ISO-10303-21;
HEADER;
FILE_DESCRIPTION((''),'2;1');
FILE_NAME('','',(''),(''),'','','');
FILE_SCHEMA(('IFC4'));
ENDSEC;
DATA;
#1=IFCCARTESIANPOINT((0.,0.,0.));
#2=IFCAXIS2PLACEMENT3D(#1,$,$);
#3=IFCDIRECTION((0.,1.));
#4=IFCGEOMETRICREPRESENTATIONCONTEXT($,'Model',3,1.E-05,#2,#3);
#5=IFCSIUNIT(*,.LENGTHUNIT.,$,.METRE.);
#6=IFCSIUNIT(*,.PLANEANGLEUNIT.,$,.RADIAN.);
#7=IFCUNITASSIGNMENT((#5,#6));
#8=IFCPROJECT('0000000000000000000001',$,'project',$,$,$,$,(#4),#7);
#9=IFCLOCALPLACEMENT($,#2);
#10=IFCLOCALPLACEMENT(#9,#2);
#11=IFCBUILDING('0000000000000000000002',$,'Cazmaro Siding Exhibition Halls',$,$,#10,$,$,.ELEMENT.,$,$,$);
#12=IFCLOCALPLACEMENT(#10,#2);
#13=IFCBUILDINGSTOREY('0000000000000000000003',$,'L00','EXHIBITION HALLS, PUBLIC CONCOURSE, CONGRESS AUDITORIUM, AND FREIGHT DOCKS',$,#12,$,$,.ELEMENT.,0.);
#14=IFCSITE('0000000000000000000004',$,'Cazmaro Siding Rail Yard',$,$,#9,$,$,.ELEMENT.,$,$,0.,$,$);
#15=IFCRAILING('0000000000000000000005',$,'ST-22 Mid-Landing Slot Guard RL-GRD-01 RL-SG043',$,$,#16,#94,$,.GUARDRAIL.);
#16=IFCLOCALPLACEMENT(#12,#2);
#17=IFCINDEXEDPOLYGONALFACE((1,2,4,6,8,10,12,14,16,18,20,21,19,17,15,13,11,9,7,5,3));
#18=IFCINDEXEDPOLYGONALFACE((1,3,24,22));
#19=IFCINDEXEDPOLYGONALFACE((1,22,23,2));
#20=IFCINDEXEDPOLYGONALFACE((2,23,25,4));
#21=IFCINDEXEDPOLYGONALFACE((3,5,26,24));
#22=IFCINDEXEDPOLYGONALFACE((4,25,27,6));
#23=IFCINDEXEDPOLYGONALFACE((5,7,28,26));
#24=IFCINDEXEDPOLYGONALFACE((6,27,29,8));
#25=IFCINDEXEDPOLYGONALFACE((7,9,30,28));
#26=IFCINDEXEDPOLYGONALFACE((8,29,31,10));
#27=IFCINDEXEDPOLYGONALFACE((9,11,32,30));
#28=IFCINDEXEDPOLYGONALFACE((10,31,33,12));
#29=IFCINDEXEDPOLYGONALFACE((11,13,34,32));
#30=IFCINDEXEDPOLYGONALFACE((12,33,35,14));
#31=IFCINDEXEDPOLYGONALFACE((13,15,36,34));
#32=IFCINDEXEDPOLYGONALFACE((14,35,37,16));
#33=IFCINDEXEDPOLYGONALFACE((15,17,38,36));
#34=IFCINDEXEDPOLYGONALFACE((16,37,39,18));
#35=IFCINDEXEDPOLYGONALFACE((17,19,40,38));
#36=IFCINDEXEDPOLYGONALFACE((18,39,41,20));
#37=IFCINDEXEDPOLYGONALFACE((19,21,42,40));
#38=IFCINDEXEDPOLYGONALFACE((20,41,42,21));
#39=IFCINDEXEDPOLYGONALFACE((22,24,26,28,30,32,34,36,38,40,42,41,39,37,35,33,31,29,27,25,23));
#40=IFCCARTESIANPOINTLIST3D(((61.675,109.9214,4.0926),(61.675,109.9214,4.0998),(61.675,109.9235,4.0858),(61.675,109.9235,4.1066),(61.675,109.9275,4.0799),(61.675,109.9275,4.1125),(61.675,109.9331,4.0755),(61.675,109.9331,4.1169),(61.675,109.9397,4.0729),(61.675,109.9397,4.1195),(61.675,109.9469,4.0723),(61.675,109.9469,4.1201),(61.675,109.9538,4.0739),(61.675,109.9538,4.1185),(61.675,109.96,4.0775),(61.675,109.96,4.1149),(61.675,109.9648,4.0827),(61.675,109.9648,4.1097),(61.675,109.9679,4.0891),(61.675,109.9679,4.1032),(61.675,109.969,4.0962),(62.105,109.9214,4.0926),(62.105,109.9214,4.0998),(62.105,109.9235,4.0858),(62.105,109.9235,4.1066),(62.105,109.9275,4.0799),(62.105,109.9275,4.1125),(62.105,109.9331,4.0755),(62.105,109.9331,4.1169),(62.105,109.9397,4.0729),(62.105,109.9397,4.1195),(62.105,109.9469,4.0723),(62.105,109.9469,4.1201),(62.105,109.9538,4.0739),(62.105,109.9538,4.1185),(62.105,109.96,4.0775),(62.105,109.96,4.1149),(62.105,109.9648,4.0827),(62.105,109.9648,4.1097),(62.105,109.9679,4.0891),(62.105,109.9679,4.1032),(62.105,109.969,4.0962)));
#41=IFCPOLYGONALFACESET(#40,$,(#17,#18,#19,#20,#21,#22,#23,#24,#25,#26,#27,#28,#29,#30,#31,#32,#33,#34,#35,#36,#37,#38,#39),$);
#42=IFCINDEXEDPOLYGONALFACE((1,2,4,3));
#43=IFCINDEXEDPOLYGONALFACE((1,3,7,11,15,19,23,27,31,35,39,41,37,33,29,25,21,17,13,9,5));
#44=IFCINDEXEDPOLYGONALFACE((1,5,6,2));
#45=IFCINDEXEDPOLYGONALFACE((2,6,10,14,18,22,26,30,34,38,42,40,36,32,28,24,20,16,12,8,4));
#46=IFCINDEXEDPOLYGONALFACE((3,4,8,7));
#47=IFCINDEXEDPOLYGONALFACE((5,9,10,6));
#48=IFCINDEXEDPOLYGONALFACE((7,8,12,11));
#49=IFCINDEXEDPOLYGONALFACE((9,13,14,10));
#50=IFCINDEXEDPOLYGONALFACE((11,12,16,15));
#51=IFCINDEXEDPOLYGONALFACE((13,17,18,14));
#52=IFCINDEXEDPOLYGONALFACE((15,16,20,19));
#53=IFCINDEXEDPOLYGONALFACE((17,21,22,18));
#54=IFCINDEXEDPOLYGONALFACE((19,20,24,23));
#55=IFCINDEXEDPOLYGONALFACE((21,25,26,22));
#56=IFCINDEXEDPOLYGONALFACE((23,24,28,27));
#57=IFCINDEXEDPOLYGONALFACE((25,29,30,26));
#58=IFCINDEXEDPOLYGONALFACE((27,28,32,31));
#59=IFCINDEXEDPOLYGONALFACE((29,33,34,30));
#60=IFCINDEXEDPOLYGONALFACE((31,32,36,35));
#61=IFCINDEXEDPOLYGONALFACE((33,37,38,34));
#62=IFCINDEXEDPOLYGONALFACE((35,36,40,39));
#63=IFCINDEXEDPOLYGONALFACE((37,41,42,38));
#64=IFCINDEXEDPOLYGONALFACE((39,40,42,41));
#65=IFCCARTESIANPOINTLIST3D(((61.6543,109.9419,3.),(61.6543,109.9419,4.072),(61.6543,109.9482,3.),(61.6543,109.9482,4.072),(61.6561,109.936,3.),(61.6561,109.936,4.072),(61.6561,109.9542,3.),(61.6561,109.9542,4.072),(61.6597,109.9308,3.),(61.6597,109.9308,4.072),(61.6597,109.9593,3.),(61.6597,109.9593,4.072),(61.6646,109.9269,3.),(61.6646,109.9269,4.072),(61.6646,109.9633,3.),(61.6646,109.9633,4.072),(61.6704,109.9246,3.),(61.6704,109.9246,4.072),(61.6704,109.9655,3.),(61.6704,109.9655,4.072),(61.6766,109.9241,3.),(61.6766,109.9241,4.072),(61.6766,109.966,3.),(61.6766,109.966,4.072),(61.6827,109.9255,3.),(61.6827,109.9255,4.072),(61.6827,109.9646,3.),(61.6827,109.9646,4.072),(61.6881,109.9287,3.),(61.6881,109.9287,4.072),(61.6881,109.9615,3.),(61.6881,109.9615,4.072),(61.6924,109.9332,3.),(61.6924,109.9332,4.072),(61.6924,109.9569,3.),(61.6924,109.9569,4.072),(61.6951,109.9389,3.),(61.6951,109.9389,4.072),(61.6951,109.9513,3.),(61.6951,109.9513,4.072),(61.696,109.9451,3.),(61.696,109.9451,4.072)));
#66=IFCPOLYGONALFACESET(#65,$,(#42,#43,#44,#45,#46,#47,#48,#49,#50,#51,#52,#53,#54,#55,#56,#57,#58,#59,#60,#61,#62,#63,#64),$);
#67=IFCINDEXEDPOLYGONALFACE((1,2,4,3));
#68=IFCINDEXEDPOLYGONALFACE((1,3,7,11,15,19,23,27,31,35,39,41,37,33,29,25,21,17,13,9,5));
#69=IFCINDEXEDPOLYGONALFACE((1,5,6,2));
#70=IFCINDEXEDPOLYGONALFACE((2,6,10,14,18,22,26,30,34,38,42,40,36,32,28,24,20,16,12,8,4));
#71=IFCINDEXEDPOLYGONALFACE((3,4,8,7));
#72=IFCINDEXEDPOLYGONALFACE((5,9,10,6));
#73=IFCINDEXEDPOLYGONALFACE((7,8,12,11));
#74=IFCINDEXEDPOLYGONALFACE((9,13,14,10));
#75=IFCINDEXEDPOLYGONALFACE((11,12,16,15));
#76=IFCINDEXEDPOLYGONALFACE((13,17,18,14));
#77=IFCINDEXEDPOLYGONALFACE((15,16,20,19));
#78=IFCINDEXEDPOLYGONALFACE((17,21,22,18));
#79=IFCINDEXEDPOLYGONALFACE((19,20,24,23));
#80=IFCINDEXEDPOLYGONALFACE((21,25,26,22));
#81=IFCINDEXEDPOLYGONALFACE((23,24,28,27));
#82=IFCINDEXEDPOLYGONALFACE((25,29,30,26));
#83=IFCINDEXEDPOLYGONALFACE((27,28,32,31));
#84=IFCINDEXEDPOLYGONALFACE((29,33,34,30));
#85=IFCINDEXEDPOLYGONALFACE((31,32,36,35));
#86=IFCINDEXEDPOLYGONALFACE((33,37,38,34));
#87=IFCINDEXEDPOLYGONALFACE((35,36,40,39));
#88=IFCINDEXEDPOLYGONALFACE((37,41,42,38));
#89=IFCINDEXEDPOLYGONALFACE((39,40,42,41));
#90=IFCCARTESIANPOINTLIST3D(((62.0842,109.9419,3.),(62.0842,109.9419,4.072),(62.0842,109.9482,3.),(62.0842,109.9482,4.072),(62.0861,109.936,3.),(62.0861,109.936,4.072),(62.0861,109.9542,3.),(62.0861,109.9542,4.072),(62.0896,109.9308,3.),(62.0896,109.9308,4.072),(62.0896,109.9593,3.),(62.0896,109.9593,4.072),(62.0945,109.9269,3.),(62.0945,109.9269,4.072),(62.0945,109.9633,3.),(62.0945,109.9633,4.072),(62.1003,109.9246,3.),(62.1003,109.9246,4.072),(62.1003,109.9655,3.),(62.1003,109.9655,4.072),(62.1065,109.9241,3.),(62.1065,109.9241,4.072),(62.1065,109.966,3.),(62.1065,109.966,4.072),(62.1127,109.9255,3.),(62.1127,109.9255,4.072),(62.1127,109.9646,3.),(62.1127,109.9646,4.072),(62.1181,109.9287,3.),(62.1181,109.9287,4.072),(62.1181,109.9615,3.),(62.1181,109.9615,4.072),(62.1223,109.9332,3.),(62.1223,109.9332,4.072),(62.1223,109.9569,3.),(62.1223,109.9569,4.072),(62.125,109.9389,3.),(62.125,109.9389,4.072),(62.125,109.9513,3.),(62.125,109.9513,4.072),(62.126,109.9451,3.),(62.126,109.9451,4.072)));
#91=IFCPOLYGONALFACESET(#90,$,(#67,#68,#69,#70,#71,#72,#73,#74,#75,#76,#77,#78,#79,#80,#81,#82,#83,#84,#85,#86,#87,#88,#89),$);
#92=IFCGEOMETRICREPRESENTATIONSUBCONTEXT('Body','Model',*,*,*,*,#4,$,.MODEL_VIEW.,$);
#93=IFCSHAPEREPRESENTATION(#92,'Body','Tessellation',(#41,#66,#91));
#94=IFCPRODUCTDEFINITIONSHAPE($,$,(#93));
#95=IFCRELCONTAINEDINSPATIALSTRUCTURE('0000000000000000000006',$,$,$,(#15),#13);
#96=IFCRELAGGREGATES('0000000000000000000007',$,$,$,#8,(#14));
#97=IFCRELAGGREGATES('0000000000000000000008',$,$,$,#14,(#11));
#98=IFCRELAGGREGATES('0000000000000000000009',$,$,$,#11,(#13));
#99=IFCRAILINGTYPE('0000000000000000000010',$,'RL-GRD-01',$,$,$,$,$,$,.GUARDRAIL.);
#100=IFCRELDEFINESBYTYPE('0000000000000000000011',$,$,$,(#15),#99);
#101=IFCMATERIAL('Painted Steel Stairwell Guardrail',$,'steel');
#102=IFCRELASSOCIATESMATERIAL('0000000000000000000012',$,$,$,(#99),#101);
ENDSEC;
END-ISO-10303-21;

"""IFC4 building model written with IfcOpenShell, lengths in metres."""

from ifc_helpers import new_model, si_unit, direction, frame, origin, origin_2d, place, context, subcontext, project, spatial, circle, extrude, material, type_object, element, save


model = new_model("IFC4")

# Units and contexts
model_context = context("Model", 3, precision=1e-05, world=origin(), true_north=direction((0.0, 1.0)))
body_context = subcontext(model_context, "Body", "Model", "MODEL_VIEW")
ifc_project = project(units=[si_unit("LENGTHUNIT", "METRE"), si_unit("PLANEANGLEUNIT", "RADIAN")], contexts=[model_context])

# Site, building, storey
site_placement = place(None, origin())
site = spatial("IfcSite", under=ifc_project, at=site_placement, Name="Cazmaro Siding Rail Yard", CompositionType="ELEMENT", RefElevation=0.0)
building_placement = place(site_placement, origin())
building = spatial("IfcBuilding", under=site, at=building_placement, Name="Cazmaro Siding Exhibition Halls", CompositionType="ELEMENT")
storey_placement = place(building_placement, origin())
storey = spatial("IfcBuildingStorey", under=building, at=storey_placement, Name="L00", Description="EXHIBITION HALLS, PUBLIC CONCOURSE, CONGRESS AUDITORIUM, AND FREIGHT DOCKS", CompositionType="ELEMENT", Elevation=0.0)

# Railing
ifc_material_1 = material(Name="Painted Steel Stairwell Guardrail", Category="steel")
railing_type_1 = type_object("IfcRailingType", Name="RL-GRD-01", PredefinedType="GUARDRAIL", material=ifc_material_1)
railing_1_placement = place(storey_placement, frame((61.675, 109.9451, 3.0)))
element("IfcRailing", 1, at=railing_1_placement, inside=storey, type_object=railing_type_1, Name="ST-22 Mid-Landing Slot Guard RL-GRD-01 RL-SG043", PredefinedType="GUARDRAIL", context=body_context, shape_type="SweptSolid", body=[
    extrude(circle(Radius=0.0239, at=origin_2d()), frame((0.0, 0.0, 1.0962), z_axis=(1.0, 0.0, 0.0), x_axis=(0.0, 1.0, 0.0)), (0.0, 0.0, 1.0), 0.4299),
    extrude(circle(Radius=0.021, at=origin_2d()), origin(), (0.0, 0.0, 1.0), 1.072),
    extrude(circle(Radius=0.021, at=origin_2d()), frame((0.4299, 0.0, 0.0)), (0.0, 0.0, 1.0), 1.072),
])

save(model, "model.ifc")
